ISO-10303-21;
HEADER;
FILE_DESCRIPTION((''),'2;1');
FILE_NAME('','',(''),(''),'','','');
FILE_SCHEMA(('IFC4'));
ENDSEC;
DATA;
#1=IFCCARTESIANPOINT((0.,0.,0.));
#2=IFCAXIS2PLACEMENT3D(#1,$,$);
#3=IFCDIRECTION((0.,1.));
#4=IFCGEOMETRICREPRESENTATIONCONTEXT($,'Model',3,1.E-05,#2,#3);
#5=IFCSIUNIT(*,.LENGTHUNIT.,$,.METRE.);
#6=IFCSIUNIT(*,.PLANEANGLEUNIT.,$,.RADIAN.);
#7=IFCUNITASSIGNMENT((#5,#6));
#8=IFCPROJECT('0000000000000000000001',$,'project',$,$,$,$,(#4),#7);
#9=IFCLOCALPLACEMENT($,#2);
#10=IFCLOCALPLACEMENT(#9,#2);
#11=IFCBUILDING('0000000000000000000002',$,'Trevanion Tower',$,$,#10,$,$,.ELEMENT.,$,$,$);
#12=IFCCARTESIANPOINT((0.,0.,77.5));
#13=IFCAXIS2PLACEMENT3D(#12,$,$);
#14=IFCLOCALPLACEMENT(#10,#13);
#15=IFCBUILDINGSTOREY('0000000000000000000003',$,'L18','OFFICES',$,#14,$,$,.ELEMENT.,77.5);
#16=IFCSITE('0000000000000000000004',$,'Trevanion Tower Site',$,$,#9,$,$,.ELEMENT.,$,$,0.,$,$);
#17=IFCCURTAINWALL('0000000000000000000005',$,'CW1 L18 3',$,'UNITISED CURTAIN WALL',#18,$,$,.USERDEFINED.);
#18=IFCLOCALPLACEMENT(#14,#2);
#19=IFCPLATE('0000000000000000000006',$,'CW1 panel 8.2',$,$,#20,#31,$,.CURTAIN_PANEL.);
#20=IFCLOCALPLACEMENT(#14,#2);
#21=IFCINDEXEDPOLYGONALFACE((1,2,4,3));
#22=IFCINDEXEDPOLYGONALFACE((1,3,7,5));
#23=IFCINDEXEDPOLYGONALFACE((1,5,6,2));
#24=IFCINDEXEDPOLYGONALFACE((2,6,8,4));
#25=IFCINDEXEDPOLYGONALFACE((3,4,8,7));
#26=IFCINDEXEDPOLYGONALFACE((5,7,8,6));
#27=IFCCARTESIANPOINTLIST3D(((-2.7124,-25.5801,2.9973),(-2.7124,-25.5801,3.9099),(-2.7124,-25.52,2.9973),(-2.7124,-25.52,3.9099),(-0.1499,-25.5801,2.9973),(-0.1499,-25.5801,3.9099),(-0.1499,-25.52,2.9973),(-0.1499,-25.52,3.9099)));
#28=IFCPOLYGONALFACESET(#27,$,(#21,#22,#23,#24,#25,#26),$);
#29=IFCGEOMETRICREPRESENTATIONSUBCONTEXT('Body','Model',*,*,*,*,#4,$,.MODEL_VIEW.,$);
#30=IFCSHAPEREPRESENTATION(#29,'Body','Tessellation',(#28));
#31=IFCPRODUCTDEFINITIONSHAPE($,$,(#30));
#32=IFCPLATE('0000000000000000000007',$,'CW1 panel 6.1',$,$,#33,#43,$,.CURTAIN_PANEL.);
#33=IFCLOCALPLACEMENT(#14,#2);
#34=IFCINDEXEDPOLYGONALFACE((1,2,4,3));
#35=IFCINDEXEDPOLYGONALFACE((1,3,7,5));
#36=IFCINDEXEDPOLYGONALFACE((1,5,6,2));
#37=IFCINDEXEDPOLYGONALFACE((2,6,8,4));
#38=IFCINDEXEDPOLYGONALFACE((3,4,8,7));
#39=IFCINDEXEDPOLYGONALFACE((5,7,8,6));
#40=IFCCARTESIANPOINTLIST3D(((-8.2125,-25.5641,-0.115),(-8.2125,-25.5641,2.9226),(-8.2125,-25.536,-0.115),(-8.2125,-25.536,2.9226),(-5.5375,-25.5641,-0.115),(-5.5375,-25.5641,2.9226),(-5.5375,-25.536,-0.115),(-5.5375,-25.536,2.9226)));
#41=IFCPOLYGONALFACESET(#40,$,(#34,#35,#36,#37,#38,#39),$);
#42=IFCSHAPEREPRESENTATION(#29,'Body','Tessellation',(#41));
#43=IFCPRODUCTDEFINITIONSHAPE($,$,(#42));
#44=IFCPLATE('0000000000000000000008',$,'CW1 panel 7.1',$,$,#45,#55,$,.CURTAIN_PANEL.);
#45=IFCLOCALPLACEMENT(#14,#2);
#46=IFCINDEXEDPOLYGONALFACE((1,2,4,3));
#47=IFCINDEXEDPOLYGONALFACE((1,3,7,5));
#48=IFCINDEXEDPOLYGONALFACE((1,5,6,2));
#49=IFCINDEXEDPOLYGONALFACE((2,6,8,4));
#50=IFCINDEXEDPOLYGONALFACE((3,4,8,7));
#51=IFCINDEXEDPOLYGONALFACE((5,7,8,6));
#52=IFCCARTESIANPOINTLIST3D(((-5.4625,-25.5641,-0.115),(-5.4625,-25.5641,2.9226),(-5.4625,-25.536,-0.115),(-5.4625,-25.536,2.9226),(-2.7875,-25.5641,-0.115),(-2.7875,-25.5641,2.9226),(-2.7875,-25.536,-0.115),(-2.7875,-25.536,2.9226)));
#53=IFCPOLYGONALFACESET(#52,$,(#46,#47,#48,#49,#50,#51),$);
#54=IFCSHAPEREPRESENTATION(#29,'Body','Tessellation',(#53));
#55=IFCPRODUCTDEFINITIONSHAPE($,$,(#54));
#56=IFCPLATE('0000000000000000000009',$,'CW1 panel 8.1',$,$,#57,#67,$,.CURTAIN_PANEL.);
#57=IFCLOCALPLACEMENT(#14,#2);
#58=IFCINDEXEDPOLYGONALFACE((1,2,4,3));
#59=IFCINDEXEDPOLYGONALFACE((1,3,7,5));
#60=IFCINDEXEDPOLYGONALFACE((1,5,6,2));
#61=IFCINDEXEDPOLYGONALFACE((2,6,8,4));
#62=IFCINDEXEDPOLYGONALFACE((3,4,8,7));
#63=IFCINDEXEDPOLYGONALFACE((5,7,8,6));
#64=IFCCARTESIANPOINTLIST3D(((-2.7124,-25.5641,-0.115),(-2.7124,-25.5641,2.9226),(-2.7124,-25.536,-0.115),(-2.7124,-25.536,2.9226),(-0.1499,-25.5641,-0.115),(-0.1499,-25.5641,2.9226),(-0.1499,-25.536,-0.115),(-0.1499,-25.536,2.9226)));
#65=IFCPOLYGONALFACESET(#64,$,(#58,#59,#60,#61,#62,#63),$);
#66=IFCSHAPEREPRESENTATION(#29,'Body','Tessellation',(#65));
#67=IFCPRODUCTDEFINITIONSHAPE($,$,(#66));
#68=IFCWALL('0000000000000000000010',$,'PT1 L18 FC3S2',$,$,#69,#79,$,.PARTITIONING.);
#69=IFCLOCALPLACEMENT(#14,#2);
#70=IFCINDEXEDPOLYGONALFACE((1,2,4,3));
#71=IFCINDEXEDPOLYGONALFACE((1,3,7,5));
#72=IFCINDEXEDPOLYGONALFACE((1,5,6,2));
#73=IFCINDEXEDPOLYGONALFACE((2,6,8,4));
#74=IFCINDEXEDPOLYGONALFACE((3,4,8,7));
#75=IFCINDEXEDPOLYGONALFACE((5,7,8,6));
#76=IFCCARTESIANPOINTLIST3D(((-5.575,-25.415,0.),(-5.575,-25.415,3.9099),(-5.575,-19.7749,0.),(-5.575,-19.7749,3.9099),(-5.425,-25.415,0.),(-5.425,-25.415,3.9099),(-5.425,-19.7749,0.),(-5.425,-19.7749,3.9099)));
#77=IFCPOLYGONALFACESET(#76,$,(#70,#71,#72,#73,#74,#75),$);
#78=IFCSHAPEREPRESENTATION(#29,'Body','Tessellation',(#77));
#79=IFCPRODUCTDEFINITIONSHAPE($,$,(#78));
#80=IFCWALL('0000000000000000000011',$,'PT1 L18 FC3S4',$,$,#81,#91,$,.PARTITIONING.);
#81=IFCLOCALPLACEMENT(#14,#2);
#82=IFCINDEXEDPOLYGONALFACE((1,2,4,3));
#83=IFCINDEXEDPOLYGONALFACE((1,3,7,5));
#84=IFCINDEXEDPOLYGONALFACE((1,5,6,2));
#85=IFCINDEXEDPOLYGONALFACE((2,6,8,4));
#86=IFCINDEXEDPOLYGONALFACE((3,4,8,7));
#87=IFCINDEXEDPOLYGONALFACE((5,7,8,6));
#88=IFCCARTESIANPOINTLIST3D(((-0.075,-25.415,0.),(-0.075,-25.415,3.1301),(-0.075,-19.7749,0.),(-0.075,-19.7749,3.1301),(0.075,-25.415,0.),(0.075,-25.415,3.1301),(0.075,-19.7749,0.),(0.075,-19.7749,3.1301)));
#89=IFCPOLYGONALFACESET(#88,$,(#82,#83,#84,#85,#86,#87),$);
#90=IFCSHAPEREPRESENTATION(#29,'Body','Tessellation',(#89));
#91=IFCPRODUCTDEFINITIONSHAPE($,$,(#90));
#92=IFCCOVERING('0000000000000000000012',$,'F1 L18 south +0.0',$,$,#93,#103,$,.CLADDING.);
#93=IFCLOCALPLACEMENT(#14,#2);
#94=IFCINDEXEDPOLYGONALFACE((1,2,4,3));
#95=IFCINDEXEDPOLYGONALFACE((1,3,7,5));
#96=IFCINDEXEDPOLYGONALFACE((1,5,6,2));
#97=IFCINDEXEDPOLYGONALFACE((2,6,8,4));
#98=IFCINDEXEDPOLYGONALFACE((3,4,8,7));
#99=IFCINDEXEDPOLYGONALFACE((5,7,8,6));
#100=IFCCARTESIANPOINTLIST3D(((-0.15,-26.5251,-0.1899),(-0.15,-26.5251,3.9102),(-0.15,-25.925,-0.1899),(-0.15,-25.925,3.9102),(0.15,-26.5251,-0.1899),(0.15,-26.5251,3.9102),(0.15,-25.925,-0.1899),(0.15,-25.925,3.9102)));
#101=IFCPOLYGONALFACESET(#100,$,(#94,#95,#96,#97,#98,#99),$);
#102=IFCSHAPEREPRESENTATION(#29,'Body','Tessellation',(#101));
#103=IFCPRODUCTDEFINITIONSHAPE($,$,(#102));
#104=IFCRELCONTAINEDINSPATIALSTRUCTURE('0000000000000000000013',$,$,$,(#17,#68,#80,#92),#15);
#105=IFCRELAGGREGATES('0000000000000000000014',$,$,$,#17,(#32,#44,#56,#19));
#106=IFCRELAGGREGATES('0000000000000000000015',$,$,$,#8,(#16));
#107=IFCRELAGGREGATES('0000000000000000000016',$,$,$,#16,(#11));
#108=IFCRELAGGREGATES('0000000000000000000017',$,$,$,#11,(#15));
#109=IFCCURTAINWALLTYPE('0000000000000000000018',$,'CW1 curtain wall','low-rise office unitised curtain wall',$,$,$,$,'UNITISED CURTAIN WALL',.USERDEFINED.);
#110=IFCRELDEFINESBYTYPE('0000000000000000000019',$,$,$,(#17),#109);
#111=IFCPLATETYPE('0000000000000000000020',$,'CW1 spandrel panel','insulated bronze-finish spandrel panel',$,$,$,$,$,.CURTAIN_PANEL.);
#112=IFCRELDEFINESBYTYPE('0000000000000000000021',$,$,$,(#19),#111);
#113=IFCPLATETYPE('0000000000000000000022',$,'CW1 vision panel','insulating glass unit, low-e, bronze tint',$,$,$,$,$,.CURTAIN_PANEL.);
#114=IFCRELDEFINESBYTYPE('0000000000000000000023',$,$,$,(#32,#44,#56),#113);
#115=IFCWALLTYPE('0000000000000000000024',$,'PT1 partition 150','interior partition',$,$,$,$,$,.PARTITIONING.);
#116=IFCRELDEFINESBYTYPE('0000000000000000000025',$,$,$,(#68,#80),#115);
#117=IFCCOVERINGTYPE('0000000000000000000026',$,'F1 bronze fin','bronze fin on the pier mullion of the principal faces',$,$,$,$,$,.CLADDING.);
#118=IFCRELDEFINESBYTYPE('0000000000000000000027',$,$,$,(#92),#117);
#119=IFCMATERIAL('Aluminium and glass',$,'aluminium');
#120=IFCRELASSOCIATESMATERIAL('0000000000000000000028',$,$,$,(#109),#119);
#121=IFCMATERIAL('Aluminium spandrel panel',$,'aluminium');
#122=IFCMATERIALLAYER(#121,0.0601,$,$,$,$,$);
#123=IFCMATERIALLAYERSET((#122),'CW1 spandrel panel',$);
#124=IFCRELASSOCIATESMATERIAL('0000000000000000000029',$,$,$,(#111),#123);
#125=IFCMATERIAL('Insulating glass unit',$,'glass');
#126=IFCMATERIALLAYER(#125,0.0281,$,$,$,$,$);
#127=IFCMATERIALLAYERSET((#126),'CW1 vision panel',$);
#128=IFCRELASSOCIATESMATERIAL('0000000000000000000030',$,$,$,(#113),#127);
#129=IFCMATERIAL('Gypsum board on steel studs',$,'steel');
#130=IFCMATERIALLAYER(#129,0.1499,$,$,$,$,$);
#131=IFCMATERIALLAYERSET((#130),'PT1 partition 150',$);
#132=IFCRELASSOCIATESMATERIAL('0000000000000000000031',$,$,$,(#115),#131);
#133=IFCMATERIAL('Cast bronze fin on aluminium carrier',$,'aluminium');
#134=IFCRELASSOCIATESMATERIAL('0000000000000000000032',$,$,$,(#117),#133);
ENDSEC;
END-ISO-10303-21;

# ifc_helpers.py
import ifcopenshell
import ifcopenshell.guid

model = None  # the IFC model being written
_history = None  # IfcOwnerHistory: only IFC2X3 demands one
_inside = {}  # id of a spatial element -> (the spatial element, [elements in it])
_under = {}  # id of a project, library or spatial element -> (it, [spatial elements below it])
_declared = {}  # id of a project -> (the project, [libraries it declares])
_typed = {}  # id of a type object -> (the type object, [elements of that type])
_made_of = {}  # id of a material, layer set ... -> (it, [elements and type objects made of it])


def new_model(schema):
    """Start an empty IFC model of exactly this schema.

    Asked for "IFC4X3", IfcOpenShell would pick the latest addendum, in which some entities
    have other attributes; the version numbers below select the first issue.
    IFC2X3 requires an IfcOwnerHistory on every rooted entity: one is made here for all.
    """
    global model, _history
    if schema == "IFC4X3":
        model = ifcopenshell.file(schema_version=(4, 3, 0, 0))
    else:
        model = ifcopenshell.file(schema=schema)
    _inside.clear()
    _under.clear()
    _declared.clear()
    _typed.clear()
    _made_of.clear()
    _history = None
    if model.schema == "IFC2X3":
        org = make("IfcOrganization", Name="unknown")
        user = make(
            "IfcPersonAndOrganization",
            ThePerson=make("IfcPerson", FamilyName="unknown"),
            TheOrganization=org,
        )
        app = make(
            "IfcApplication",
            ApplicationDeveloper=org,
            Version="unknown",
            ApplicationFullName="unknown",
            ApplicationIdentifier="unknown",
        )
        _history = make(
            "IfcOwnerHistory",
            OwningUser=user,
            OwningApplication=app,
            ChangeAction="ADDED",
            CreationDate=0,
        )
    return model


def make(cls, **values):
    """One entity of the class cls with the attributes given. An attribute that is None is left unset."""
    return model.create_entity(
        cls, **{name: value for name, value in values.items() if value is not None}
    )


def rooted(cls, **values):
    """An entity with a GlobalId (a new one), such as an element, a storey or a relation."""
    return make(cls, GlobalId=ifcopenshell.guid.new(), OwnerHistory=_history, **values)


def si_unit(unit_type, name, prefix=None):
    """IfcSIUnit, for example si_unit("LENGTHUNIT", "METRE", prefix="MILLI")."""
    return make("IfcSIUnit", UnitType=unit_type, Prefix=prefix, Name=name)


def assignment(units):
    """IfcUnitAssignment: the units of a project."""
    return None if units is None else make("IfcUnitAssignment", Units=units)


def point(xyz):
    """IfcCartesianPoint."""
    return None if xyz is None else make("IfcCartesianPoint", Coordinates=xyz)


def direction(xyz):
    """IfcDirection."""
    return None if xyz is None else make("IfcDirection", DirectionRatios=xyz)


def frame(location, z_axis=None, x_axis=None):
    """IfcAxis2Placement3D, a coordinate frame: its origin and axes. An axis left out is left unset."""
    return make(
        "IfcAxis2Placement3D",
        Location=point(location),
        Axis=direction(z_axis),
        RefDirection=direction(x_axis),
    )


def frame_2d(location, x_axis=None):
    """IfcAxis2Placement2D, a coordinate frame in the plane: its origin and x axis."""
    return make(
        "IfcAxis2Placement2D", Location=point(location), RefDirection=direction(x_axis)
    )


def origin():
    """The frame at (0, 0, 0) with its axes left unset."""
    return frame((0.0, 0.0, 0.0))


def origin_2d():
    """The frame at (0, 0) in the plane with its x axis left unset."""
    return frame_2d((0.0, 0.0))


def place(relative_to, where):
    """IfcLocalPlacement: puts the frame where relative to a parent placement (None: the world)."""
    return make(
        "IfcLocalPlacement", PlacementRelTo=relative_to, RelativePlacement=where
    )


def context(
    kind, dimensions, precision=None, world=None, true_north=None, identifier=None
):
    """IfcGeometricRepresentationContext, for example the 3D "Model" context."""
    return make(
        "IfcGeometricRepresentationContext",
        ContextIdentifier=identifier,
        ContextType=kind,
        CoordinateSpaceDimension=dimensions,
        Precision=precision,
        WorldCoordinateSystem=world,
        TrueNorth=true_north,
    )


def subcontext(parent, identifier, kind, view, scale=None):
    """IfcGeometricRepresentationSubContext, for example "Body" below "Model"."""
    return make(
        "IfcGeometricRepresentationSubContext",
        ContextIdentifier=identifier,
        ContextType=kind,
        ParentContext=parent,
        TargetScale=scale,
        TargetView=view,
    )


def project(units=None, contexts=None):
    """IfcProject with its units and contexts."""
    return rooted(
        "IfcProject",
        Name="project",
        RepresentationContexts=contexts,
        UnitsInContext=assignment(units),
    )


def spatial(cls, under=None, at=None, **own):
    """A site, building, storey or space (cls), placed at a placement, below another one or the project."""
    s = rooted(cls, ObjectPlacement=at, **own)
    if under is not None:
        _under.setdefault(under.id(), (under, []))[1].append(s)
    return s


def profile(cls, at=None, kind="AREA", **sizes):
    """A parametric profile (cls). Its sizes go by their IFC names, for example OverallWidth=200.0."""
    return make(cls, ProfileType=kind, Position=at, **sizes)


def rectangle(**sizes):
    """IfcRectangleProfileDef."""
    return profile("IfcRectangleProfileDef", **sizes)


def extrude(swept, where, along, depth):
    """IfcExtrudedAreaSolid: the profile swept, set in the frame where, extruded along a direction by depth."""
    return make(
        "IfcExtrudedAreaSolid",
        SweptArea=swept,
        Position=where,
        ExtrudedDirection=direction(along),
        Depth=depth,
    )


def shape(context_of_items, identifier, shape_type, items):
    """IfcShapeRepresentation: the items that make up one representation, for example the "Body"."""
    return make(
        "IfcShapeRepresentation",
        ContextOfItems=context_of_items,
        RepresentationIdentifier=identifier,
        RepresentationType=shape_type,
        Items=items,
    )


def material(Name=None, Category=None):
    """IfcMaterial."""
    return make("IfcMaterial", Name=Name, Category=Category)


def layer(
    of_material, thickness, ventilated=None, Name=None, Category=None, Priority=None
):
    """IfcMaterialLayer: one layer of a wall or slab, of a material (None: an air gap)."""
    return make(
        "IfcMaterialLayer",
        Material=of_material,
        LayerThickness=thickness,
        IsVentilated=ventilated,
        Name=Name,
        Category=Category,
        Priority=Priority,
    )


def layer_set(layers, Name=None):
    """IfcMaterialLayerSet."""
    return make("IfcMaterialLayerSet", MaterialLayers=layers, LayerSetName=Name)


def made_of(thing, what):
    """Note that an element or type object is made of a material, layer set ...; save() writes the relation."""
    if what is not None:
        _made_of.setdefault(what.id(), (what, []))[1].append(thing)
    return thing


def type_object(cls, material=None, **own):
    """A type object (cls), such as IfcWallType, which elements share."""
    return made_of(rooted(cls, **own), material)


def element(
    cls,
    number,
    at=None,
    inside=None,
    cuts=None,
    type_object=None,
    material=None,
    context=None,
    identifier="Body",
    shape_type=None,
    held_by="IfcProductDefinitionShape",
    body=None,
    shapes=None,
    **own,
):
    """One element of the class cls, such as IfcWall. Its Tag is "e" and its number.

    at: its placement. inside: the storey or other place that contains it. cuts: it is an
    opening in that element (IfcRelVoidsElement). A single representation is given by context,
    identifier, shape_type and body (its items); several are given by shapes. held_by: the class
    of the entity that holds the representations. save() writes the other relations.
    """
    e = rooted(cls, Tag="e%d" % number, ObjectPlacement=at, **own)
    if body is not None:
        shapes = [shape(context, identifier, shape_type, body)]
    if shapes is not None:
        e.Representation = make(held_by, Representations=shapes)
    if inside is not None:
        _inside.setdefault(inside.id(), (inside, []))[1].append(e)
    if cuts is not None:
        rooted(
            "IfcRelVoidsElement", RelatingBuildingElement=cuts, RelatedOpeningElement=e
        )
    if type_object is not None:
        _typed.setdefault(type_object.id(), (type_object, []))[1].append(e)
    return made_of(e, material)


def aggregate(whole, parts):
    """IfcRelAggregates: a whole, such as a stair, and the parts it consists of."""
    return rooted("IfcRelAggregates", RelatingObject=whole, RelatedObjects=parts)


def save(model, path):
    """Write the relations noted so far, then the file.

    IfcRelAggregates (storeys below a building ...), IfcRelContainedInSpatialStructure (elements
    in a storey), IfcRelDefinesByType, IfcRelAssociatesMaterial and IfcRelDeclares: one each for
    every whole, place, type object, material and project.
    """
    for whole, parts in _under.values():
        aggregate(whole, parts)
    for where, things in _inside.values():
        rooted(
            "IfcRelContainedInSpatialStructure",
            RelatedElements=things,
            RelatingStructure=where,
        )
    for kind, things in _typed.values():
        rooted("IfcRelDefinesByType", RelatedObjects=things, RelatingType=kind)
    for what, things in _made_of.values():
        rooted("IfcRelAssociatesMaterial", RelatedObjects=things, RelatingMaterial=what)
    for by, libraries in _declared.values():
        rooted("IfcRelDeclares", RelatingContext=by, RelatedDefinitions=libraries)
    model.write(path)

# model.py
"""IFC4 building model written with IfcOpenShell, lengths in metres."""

from ifc_helpers import new_model, si_unit, direction, frame, frame_2d, origin, origin_2d, place, context, subcontext, project, spatial, rectangle, extrude, material, layer, layer_set, type_object, element, aggregate, save


model = new_model("IFC4")

# Units and contexts
model_context = context("Model", 3, precision=1e-05, world=origin(), true_north=direction((0.0, 1.0)))
body_context = subcontext(model_context, "Body", "Model", "MODEL_VIEW")
ifc_project = project(units=[si_unit("LENGTHUNIT", "METRE"), si_unit("PLANEANGLEUNIT", "RADIAN")], contexts=[model_context])

# Site, building, storey
site_placement = place(None, origin())
site = spatial("IfcSite", under=ifc_project, at=site_placement, Name="Trevanion Tower Site", CompositionType="ELEMENT", RefElevation=0.0)
building_placement = place(site_placement, origin())
building = spatial("IfcBuilding", under=site, at=building_placement, Name="Trevanion Tower", CompositionType="ELEMENT")
storey_placement = place(building_placement, frame((0.0, 0.0, 77.5)))
storey = spatial("IfcBuildingStorey", under=building, at=storey_placement, Name="L18", Description="OFFICES", CompositionType="ELEMENT", Elevation=77.5)

# Curtain wall
ifc_material_1 = material(Name="Aluminium and glass", Category="aluminium")
curtain_wall_type = type_object("IfcCurtainWallType", Name="CW1 curtain wall", Description="low-rise office unitised curtain wall", ElementType="UNITISED CURTAIN WALL", PredefinedType="USERDEFINED", material=ifc_material_1)
curtain_wall_placement = place(storey_placement, origin())
curtain_wall = element("IfcCurtainWall", 1, at=curtain_wall_placement, inside=storey, type_object=curtain_wall_type, Name="CW1 L18 3", ObjectType="UNITISED CURTAIN WALL", PredefinedType="USERDEFINED")

# Plates
ifc_material_2 = material(Name="Aluminium spandrel panel", Category="aluminium")
ifc_layer_1 = layer(ifc_material_2, 0.0601)
ifc_layer_set_1 = layer_set([ifc_layer_1], Name="CW1 spandrel panel")
plate_type_1 = type_object("IfcPlateType", Name="CW1 spandrel panel", Description="insulated bronze-finish spandrel panel", PredefinedType="CURTAIN_PANEL", material=ifc_layer_set_1)
plate_1_placement = place(storey_placement, frame((-1.4312, -25.55, 2.9973), z_axis=(0.0, 0.0, 1.0), x_axis=(1.0, 0.0, 0.0)))
plate_1 = element("IfcPlate", 2, at=plate_1_placement, type_object=plate_type_1, Name="CW1 panel 8.2", PredefinedType="CURTAIN_PANEL", context=body_context, shape_type="SweptSolid", body=[
    extrude(rectangle(XDim=2.5625, YDim=0.0601, at=origin_2d()), origin(), (0.0, 0.0, 1.0), 0.9126),
])
ifc_material_3 = material(Name="Insulating glass unit", Category="glass")
ifc_layer_2 = layer(ifc_material_3, 0.0281)
ifc_layer_set_2 = layer_set([ifc_layer_2], Name="CW1 vision panel")
plate_type_2 = type_object("IfcPlateType", Name="CW1 vision panel", Description="insulating glass unit, low-e, bronze tint", PredefinedType="CURTAIN_PANEL", material=ifc_layer_set_2)
plate_2_placement = place(storey_placement, frame((-6.875, -25.55, -0.115), z_axis=(0.0, 0.0, 1.0), x_axis=(1.0, 0.0, 0.0)))
plate_2 = element("IfcPlate", 3, at=plate_2_placement, type_object=plate_type_2, Name="CW1 panel 6.1", PredefinedType="CURTAIN_PANEL", context=body_context, shape_type="SweptSolid", body=[
    extrude(rectangle(XDim=2.675, YDim=0.0281, at=origin_2d()), origin(), (0.0, 0.0, 1.0), 3.0376),
])
plate_3_placement = place(storey_placement, frame((-4.125, -25.55, -0.115), z_axis=(0.0, 0.0, 1.0), x_axis=(1.0, 0.0, 0.0)))
plate_3 = element("IfcPlate", 4, at=plate_3_placement, type_object=plate_type_2, Name="CW1 panel 7.1", PredefinedType="CURTAIN_PANEL", context=body_context, shape_type="SweptSolid", body=[
    extrude(rectangle(XDim=2.675, YDim=0.0281, at=origin_2d()), origin(), (0.0, 0.0, 1.0), 3.0376),
])
plate_4_placement = place(storey_placement, frame((-1.4312, -25.55, -0.115), z_axis=(0.0, 0.0, 1.0), x_axis=(1.0, 0.0, 0.0)))
plate_4 = element("IfcPlate", 5, at=plate_4_placement, type_object=plate_type_2, Name="CW1 panel 8.1", PredefinedType="CURTAIN_PANEL", context=body_context, shape_type="SweptSolid", body=[
    extrude(rectangle(XDim=2.5625, YDim=0.0281, at=origin_2d()), origin(), (0.0, 0.0, 1.0), 3.0376),
])
aggregate(curtain_wall, [plate_2, plate_3, plate_4, plate_1])

# Walls
ifc_material_4 = material(Name="Gypsum board on steel studs", Category="steel")
ifc_layer_3 = layer(ifc_material_4, 0.1499)
ifc_layer_set_3 = layer_set([ifc_layer_3], Name="PT1 partition 150")
wall_type = type_object("IfcWallType", Name="PT1 partition 150", Description="interior partition", PredefinedType="PARTITIONING", material=ifc_layer_set_3)
wall_1_placement = place(storey_placement, frame((-5.5, -19.7749, 0.0), z_axis=(0.0, 0.0, 1.0), x_axis=(0.0, -1.0, 0.0)))
element("IfcWall", 6, at=wall_1_placement, inside=storey, type_object=wall_type, Name="PT1 L18 FC3S2", PredefinedType="PARTITIONING", context=body_context, shape_type="SweptSolid", body=[
    extrude(rectangle(XDim=5.6401, YDim=0.1499, at=frame_2d((2.8201, 0.0))), origin(), (0.0, 0.0, 1.0), 3.9099),
])
wall_2_placement = place(storey_placement, frame((0.0, -19.7749, 0.0), z_axis=(0.0, 0.0, 1.0), x_axis=(0.0, -1.0, 0.0)))
element("IfcWall", 7, at=wall_2_placement, inside=storey, type_object=wall_type, Name="PT1 L18 FC3S4", PredefinedType="PARTITIONING", context=body_context, shape_type="SweptSolid", body=[
    extrude(rectangle(XDim=5.6401, YDim=0.1499, at=frame_2d((2.8201, 0.0))), origin(), (0.0, 0.0, 1.0), 3.1301),
])

# Covering
ifc_material_5 = material(Name="Cast bronze fin on aluminium carrier", Category="aluminium")
covering_type = type_object("IfcCoveringType", Name="F1 bronze fin", Description="bronze fin on the pier mullion of the principal faces", PredefinedType="CLADDING", material=ifc_material_5)
covering_placement = place(storey_placement, frame((0.0, -26.2251, -0.1899), z_axis=(0.0, 0.0, 1.0), x_axis=(1.0, 0.0, 0.0)))
element("IfcCovering", 8, at=covering_placement, inside=storey, type_object=covering_type, Name="F1 L18 south +0.0", PredefinedType="CLADDING", context=body_context, shape_type="SweptSolid", body=[
    extrude(rectangle(XDim=0.3, YDim=0.6001, at=origin_2d()), origin(), (0.0, 0.0, 1.0), 4.1001),
])

save(model, "model.ifc")
